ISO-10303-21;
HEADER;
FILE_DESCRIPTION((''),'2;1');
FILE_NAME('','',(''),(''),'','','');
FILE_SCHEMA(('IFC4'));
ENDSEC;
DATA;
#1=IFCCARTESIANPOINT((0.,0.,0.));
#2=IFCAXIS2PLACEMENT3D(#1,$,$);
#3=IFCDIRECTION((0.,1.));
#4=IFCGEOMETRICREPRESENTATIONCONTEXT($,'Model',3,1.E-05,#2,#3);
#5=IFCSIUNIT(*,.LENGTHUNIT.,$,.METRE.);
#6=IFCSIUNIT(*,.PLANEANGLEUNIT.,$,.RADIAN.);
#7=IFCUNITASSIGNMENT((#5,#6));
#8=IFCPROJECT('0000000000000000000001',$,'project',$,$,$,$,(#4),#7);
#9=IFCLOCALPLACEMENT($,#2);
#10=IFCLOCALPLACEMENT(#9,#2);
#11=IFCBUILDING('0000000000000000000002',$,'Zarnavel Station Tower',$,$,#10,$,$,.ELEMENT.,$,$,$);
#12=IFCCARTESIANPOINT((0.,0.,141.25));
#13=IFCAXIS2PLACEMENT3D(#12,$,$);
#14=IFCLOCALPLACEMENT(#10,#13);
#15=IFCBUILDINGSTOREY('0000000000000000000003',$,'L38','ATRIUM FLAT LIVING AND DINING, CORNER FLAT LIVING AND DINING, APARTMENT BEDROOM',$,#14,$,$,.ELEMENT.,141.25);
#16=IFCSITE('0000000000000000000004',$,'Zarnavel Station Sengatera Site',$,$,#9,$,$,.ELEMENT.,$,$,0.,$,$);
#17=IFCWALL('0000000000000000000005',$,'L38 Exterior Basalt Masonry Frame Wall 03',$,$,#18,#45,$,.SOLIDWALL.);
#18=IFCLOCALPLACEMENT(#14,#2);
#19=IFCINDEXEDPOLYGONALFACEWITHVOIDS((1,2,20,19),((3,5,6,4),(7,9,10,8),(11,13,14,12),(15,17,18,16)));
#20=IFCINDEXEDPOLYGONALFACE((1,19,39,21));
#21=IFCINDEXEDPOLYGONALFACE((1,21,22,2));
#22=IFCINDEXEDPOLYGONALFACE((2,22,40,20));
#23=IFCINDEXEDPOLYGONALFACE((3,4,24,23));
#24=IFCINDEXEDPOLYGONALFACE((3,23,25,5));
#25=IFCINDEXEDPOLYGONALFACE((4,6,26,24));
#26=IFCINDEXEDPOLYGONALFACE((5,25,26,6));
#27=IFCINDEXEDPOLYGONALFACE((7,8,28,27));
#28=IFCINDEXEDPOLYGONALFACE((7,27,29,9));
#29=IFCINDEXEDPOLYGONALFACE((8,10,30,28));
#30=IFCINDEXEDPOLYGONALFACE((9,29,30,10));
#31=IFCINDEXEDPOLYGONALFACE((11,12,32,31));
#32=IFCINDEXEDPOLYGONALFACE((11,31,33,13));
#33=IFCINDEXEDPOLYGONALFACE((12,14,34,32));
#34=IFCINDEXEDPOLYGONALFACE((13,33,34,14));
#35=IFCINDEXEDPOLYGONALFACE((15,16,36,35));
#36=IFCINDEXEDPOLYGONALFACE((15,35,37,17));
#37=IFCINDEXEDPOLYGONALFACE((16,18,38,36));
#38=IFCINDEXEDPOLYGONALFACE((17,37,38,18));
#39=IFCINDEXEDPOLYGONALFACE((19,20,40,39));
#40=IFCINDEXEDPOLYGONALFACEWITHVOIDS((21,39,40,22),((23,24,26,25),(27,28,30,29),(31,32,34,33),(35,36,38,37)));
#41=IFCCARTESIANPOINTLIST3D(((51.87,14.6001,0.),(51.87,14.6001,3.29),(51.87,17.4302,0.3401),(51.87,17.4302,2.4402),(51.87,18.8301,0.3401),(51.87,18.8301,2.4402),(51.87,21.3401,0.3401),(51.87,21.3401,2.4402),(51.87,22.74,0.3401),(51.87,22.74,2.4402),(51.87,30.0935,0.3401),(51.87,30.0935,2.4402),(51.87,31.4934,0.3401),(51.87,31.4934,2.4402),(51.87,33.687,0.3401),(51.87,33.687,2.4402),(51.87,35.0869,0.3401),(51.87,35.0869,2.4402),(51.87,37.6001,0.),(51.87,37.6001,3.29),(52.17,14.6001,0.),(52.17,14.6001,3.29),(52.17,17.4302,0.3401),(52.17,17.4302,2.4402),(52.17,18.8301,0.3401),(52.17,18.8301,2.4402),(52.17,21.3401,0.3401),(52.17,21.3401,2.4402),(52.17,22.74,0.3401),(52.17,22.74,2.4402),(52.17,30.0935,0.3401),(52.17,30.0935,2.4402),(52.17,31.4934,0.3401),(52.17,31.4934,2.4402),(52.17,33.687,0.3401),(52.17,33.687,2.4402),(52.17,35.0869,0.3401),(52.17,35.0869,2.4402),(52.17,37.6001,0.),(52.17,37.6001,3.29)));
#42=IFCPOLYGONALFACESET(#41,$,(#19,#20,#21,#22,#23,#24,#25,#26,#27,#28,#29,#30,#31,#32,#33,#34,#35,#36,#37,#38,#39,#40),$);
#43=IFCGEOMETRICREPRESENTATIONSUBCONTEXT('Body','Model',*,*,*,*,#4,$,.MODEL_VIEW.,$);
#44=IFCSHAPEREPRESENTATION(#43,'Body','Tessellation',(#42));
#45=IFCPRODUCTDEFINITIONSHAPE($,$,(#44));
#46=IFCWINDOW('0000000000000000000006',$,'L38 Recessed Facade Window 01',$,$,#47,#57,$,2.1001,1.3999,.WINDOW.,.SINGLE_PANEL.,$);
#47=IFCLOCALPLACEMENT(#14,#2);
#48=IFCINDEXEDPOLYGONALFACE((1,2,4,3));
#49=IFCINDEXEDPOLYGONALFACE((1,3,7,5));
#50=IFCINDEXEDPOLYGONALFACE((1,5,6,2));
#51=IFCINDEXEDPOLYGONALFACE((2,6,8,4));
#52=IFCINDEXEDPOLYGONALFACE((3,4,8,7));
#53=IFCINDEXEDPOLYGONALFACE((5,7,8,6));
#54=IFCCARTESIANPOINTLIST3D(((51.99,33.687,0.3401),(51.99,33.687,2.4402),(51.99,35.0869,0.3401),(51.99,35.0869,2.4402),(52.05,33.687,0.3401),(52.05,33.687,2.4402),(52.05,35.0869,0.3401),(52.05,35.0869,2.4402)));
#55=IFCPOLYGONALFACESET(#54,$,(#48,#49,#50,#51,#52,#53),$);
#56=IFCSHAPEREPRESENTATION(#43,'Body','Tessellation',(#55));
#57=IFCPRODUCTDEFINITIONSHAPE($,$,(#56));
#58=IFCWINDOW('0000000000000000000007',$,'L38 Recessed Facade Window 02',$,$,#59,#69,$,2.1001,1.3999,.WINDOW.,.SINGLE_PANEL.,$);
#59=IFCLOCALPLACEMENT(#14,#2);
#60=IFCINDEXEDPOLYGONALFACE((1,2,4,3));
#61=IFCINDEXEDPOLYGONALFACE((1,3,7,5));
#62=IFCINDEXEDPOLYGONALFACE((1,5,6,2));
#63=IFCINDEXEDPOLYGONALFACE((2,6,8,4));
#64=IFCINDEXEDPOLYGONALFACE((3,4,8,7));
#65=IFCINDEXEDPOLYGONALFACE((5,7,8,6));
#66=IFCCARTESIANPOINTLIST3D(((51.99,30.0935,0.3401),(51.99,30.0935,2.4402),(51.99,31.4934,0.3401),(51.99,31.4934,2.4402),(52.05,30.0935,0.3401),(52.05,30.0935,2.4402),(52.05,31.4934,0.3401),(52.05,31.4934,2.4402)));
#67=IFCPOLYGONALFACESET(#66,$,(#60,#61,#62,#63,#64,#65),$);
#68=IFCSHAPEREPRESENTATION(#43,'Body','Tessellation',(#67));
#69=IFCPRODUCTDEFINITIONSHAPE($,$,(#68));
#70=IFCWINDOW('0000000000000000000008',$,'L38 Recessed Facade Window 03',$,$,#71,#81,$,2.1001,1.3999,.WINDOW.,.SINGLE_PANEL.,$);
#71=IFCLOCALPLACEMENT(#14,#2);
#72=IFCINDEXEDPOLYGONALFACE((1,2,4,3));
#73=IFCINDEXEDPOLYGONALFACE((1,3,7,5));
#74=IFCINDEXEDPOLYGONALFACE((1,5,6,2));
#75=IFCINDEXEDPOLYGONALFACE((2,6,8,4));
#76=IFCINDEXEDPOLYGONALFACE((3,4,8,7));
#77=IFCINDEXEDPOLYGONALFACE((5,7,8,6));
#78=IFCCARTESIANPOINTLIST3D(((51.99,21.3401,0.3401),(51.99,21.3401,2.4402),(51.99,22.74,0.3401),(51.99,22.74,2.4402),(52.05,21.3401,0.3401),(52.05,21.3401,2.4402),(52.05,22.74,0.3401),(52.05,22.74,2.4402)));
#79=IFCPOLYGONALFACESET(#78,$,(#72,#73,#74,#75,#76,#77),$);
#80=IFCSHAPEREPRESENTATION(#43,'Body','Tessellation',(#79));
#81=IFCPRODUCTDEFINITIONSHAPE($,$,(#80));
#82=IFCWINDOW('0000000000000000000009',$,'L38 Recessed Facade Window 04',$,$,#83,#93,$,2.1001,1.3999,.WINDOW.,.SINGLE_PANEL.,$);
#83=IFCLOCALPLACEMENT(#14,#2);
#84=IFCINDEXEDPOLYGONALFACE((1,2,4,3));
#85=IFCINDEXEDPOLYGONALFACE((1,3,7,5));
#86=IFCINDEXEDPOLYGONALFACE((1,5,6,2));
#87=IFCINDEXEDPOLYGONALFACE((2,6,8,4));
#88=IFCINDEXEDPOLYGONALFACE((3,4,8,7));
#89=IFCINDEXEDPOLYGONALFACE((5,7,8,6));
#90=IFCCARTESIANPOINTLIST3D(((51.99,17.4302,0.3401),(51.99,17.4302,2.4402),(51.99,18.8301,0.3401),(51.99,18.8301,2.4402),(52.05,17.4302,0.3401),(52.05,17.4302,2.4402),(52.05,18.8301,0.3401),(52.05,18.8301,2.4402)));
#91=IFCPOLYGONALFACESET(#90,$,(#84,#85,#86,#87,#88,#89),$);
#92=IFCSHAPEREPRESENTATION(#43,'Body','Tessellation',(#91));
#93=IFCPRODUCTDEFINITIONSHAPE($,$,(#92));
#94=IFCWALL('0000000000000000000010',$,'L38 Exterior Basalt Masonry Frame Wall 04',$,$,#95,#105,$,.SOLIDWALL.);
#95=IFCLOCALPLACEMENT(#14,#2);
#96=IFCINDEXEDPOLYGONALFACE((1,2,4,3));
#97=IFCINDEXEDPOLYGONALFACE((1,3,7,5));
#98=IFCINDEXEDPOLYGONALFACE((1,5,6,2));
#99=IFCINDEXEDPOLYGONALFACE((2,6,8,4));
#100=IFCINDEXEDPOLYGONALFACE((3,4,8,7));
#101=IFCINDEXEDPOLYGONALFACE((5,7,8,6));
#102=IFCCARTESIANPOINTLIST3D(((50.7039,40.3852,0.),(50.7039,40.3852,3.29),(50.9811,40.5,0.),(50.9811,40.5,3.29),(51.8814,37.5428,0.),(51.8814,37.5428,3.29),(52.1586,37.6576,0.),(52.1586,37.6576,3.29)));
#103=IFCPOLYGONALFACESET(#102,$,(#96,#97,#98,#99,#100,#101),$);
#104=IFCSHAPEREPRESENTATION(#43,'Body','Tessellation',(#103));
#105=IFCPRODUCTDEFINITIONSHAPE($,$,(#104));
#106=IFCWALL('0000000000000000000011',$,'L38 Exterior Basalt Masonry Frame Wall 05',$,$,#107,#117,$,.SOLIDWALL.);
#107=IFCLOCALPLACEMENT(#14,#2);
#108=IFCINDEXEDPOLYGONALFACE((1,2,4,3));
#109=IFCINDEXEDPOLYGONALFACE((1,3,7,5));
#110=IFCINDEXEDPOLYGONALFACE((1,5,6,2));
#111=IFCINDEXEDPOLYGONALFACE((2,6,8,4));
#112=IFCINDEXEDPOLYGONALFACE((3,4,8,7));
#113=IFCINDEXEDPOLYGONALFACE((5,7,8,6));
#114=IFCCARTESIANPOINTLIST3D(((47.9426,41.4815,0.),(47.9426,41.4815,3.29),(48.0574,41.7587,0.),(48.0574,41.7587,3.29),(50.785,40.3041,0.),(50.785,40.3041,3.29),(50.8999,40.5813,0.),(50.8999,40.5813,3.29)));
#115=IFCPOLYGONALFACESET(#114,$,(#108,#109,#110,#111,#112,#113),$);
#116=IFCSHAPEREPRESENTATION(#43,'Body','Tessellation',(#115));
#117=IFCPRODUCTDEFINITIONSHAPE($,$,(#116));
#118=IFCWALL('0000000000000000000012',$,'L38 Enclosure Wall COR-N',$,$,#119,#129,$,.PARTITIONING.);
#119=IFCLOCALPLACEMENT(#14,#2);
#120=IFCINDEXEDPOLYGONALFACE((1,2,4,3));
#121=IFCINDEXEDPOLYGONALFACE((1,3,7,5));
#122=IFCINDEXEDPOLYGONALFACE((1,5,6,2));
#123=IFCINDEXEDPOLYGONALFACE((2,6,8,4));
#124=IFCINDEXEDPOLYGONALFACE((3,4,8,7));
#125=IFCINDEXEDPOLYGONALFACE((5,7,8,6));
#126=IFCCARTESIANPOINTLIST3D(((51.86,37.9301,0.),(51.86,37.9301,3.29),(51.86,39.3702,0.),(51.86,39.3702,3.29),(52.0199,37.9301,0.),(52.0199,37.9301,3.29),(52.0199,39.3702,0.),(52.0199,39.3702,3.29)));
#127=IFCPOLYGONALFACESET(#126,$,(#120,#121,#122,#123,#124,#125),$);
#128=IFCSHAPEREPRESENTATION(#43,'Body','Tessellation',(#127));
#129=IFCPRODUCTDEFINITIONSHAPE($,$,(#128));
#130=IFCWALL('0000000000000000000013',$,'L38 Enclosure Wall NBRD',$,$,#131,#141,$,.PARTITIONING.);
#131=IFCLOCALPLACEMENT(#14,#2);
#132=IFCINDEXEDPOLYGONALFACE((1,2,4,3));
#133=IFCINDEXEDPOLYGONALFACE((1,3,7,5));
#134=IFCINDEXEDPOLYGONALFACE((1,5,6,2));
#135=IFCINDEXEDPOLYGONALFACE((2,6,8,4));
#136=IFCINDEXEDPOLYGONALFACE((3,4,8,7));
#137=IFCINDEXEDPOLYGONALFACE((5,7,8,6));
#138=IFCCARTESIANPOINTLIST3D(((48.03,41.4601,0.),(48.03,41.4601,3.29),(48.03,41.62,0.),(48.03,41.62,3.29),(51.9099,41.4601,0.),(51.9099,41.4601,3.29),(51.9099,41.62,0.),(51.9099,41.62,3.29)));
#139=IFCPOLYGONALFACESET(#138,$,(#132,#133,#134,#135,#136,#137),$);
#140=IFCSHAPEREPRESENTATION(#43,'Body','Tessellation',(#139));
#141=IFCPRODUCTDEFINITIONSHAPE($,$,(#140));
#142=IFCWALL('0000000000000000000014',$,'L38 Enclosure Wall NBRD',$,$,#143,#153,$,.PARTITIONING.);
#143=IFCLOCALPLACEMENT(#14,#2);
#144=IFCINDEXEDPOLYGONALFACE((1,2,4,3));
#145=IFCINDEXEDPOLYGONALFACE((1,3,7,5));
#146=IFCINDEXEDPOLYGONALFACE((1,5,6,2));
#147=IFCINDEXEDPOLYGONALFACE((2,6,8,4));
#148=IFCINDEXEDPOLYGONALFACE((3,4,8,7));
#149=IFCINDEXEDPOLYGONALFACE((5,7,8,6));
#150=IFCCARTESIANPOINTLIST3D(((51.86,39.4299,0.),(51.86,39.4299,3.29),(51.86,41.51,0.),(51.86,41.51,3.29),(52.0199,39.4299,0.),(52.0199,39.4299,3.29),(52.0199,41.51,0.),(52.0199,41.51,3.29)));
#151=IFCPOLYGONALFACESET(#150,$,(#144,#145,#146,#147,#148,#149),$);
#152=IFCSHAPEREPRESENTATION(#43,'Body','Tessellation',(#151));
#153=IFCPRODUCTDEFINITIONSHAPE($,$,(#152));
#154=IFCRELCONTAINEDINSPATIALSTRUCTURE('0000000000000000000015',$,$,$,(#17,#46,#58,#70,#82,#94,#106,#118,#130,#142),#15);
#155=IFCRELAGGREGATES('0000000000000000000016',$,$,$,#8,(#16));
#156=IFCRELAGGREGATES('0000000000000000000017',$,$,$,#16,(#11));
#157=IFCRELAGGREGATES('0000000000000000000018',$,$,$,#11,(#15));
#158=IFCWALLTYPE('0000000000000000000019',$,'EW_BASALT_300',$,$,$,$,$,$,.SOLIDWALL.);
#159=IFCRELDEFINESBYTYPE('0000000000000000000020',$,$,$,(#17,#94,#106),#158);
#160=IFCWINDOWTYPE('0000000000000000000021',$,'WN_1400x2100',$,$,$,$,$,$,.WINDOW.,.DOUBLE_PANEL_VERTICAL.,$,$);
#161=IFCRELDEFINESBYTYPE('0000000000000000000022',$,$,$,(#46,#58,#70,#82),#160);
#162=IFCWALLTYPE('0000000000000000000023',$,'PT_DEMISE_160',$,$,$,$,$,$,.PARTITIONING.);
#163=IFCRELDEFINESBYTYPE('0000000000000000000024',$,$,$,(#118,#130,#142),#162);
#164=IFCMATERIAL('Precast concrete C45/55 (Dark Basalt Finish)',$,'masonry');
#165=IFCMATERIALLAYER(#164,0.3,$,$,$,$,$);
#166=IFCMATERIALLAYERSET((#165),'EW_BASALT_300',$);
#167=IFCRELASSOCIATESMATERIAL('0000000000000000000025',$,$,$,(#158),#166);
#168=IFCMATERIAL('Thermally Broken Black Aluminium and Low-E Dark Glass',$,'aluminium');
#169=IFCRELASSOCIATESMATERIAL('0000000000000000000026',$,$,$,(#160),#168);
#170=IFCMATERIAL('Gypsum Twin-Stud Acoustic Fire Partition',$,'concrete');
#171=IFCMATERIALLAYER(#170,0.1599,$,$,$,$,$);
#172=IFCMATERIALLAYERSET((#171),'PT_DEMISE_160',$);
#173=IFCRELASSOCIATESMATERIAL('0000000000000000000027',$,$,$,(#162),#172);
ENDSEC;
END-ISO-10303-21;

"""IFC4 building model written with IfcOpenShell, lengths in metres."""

from ifc_helpers import new_model, si_unit, direction, frame, frame_2d, origin, place, context, subcontext, project, spatial, rectangle, extrude, material, layer, layer_set, type_object, element, fill, save


model = new_model("IFC4")

# Units and contexts
model_context = context("Model", 3, precision=1e-05, world=origin(), true_north=direction((0.0, 1.0)))
body_context = subcontext(model_context, "Body", "Model", "MODEL_VIEW")
ifc_project = project(units=[si_unit("LENGTHUNIT", "METRE"), si_unit("PLANEANGLEUNIT", "RADIAN")], contexts=[model_context])

# Site, building, storey
site_placement = place(None, origin())
site = spatial("IfcSite", under=ifc_project, at=site_placement, Name="Zarnavel Station Sengatera Site", CompositionType="ELEMENT", RefElevation=0.0)
building_placement = place(site_placement, origin())
building = spatial("IfcBuilding", under=site, at=building_placement, Name="Zarnavel Station Tower", CompositionType="ELEMENT")
storey_placement = place(building_placement, frame((0.0, 0.0, 141.25)))
storey = spatial("IfcBuildingStorey", under=building, at=storey_placement, Name="L38", Description="ATRIUM FLAT LIVING AND DINING, CORNER FLAT LIVING AND DINING, APARTMENT BEDROOM", CompositionType="ELEMENT", Elevation=141.25)

# Wall, openings, windows
ifc_material_1 = material(Name="Precast concrete C45/55 (Dark Basalt Finish)", Category="masonry")
ifc_layer_1 = layer(ifc_material_1, 0.3)
ifc_layer_set_1 = layer_set([ifc_layer_1], Name="EW_BASALT_300")
wall_type_1 = type_object("IfcWallType", Name="EW_BASALT_300", PredefinedType="SOLIDWALL", material=ifc_layer_set_1)
wall_1_placement = place(storey_placement, frame((52.02, 37.6001, 0.0), z_axis=(0.0, 0.0, 1.0), x_axis=(0.0, -1.0, 0.0)))
wall_1 = element("IfcWall", 1, at=wall_1_placement, inside=storey, type_object=wall_type_1, Name="L38 Exterior Basalt Masonry Frame Wall 03", PredefinedType="SOLIDWALL", context=body_context, shape_type="SweptSolid", body=[
    extrude(rectangle(XDim=23.0, YDim=0.3, at=frame_2d((11.5, 0.0))), origin(), (0.0, 0.0, 1.0), 3.29),
])
opening_1_placement = place(wall_1_placement, frame((2.5132, 0.0, 0.3401)))
opening_1 = element("IfcOpeningElement", 2, at=opening_1_placement, cuts=wall_1, PredefinedType="OPENING", context=body_context, shape_type="SweptSolid", body=[
    extrude(rectangle(XDim=1.3999, YDim=2.1001, at=frame_2d((0.7, 1.05))), frame((0.0, 0.1599, 0.0), z_axis=(0.0, -1.0, 0.0), x_axis=(1.0, 0.0, 0.0)), (0.0, 0.0, 1.0), 0.3201),
])
opening_2_placement = place(wall_1_placement, frame((6.1067, 0.0, 0.3401)))
opening_2 = element("IfcOpeningElement", 3, at=opening_2_placement, cuts=wall_1, PredefinedType="OPENING", context=body_context, shape_type="SweptSolid", body=[
    extrude(rectangle(XDim=1.3999, YDim=2.1001, at=frame_2d((0.7, 1.05))), frame((0.0, 0.1599, 0.0), z_axis=(0.0, -1.0, 0.0), x_axis=(1.0, 0.0, 0.0)), (0.0, 0.0, 1.0), 0.3201),
])
opening_3_placement = place(wall_1_placement, frame((14.8601, 0.0, 0.3401)))
opening_3 = element("IfcOpeningElement", 4, at=opening_3_placement, cuts=wall_1, PredefinedType="OPENING", context=body_context, shape_type="SweptSolid", body=[
    extrude(rectangle(XDim=1.3999, YDim=2.1001, at=frame_2d((0.7, 1.05))), frame((0.0, 0.1599, 0.0), z_axis=(0.0, -1.0, 0.0), x_axis=(1.0, 0.0, 0.0)), (0.0, 0.0, 1.0), 0.3201),
])
opening_4_placement = place(wall_1_placement, frame((18.77, 0.0, 0.3401)))
opening_4 = element("IfcOpeningElement", 5, at=opening_4_placement, cuts=wall_1, PredefinedType="OPENING", context=body_context, shape_type="SweptSolid", body=[
    extrude(rectangle(XDim=1.3999, YDim=2.1001, at=frame_2d((0.7, 1.05))), frame((0.0, 0.1599, 0.0), z_axis=(0.0, -1.0, 0.0), x_axis=(1.0, 0.0, 0.0)), (0.0, 0.0, 1.0), 0.3201),
])
ifc_material_2 = material(Name="Thermally Broken Black Aluminium and Low-E Dark Glass", Category="aluminium")
window_type = type_object("IfcWindowType", Name="WN_1400x2100", PartitioningType="DOUBLE_PANEL_VERTICAL", PredefinedType="WINDOW", material=ifc_material_2)
window_1_placement = place(opening_1_placement, origin())
window_1 = element("IfcWindow", 6, at=window_1_placement, inside=storey, type_object=window_type, Name="L38 Recessed Facade Window 01", OverallHeight=2.1001, OverallWidth=1.3999, PartitioningType="SINGLE_PANEL", PredefinedType="WINDOW", context=body_context, shape_type="SweptSolid", body=[
    extrude(rectangle(XDim=1.3999, YDim=2.1001, at=frame_2d((0.7, 1.05))), frame((0.0, 0.03, 0.0), z_axis=(0.0, -1.0, 0.0), x_axis=(1.0, 0.0, 0.0)), (0.0, 0.0, 1.0), 0.0601),
])
fill(opening_1, window_1)
window_2_placement = place(opening_2_placement, origin())
window_2 = element("IfcWindow", 7, at=window_2_placement, inside=storey, type_object=window_type, Name="L38 Recessed Facade Window 02", OverallHeight=2.1001, OverallWidth=1.3999, PartitioningType="SINGLE_PANEL", PredefinedType="WINDOW", context=body_context, shape_type="SweptSolid", body=[
    extrude(rectangle(XDim=1.3999, YDim=2.1001, at=frame_2d((0.7, 1.05))), frame((0.0, 0.03, 0.0), z_axis=(0.0, -1.0, 0.0), x_axis=(1.0, 0.0, 0.0)), (0.0, 0.0, 1.0), 0.0601),
])
fill(opening_2, window_2)
window_3_placement = place(opening_3_placement, origin())
window_3 = element("IfcWindow", 8, at=window_3_placement, inside=storey, type_object=window_type, Name="L38 Recessed Facade Window 03", OverallHeight=2.1001, OverallWidth=1.3999, PartitioningType="SINGLE_PANEL", PredefinedType="WINDOW", context=body_context, shape_type="SweptSolid", body=[
    extrude(rectangle(XDim=1.3999, YDim=2.1001, at=frame_2d((0.7, 1.05))), frame((0.0, 0.03, 0.0), z_axis=(0.0, -1.0, 0.0), x_axis=(1.0, 0.0, 0.0)), (0.0, 0.0, 1.0), 0.0601),
])
fill(opening_3, window_3)
window_4_placement = place(opening_4_placement, origin())
window_4 = element("IfcWindow", 9, at=window_4_placement, inside=storey, type_object=window_type, Name="L38 Recessed Facade Window 04", OverallHeight=2.1001, OverallWidth=1.3999, PartitioningType="SINGLE_PANEL", PredefinedType="WINDOW", context=body_context, shape_type="SweptSolid", body=[
    extrude(rectangle(XDim=1.3999, YDim=2.1001, at=frame_2d((0.7, 1.05))), frame((0.0, 0.03, 0.0), z_axis=(0.0, -1.0, 0.0), x_axis=(1.0, 0.0, 0.0)), (0.0, 0.0, 1.0), 0.0601),
])
fill(opening_4, window_4)

# Walls
for number, where, z_axis, x_axis, name in (
    (10, (50.8425, 40.4426, 0.0), (0.0, 0.0, 1.0), (0.382705, -0.923871, 0.0), "L38 Exterior Basalt Masonry Frame Wall 04"),
    (11, (48.0, 41.6201, 0.0), (0.0, 0.0, 1.0), (0.923871, -0.382705, 0.0), "L38 Exterior Basalt Masonry Frame Wall 05"),
):
    element("IfcWall", number, at=place(storey_placement, frame(where, z_axis=z_axis, x_axis=x_axis)), inside=storey, type_object=wall_type_1, Name=name, PredefinedType="SOLIDWALL", context=body_context, shape_type="SweptSolid", body=[
        extrude(rectangle(XDim=3.0767, YDim=0.3, at=frame_2d((1.5383, 0.0))), origin(), (0.0, 0.0, 1.0), 3.29),
    ])
ifc_material_3 = material(Name="Gypsum Twin-Stud Acoustic Fire Partition", Category="concrete")
ifc_layer_2 = layer(ifc_material_3, 0.1599)
ifc_layer_set_2 = layer_set([ifc_layer_2], Name="PT_DEMISE_160")
wall_type_2 = type_object("IfcWallType", Name="PT_DEMISE_160", PredefinedType="PARTITIONING", material=ifc_layer_set_2)
wall_2_placement = place(storey_placement, frame((51.9399, 37.9299, 0.0), z_axis=(0.0, 0.0, 1.0), x_axis=(0.0, 1.0, 0.0)))
element("IfcWall", 12, at=wall_2_placement, inside=storey, type_object=wall_type_2, Name="L38 Enclosure Wall COR-N", PredefinedType="PARTITIONING", context=body_context, shape_type="SweptSolid", body=[
    extrude(rectangle(XDim=1.4402, YDim=0.1599, at=frame_2d((0.7202, 0.0))), origin(), (0.0, 0.0, 1.0), 3.29),
])
wall_3_placement = place(storey_placement, frame((48.03, 41.54, 0.0), z_axis=(0.0, 0.0, 1.0), x_axis=(1.0, 0.0, 0.0)))
element("IfcWall", 13, at=wall_3_placement, inside=storey, type_object=wall_type_2, Name="L38 Enclosure Wall NBRD", PredefinedType="PARTITIONING", context=body_context, shape_type="SweptSolid", body=[
    extrude(rectangle(XDim=3.8799, YDim=0.1599, at=frame_2d((1.9399, 0.0))), origin(), (0.0, 0.0, 1.0), 3.29),
])
wall_4_placement = place(storey_placement, frame((51.9399, 39.4299, 0.0), z_axis=(0.0, 0.0, 1.0), x_axis=(0.0, 1.0, 0.0)))
element("IfcWall", 14, at=wall_4_placement, inside=storey, type_object=wall_type_2, Name="L38 Enclosure Wall NBRD", PredefinedType="PARTITIONING", context=body_context, shape_type="SweptSolid", body=[
    extrude(rectangle(XDim=2.0801, YDim=0.1599, at=frame_2d((1.04, 0.0))), origin(), (0.0, 0.0, 1.0), 3.29),
])

save(model, "model.ifc")
